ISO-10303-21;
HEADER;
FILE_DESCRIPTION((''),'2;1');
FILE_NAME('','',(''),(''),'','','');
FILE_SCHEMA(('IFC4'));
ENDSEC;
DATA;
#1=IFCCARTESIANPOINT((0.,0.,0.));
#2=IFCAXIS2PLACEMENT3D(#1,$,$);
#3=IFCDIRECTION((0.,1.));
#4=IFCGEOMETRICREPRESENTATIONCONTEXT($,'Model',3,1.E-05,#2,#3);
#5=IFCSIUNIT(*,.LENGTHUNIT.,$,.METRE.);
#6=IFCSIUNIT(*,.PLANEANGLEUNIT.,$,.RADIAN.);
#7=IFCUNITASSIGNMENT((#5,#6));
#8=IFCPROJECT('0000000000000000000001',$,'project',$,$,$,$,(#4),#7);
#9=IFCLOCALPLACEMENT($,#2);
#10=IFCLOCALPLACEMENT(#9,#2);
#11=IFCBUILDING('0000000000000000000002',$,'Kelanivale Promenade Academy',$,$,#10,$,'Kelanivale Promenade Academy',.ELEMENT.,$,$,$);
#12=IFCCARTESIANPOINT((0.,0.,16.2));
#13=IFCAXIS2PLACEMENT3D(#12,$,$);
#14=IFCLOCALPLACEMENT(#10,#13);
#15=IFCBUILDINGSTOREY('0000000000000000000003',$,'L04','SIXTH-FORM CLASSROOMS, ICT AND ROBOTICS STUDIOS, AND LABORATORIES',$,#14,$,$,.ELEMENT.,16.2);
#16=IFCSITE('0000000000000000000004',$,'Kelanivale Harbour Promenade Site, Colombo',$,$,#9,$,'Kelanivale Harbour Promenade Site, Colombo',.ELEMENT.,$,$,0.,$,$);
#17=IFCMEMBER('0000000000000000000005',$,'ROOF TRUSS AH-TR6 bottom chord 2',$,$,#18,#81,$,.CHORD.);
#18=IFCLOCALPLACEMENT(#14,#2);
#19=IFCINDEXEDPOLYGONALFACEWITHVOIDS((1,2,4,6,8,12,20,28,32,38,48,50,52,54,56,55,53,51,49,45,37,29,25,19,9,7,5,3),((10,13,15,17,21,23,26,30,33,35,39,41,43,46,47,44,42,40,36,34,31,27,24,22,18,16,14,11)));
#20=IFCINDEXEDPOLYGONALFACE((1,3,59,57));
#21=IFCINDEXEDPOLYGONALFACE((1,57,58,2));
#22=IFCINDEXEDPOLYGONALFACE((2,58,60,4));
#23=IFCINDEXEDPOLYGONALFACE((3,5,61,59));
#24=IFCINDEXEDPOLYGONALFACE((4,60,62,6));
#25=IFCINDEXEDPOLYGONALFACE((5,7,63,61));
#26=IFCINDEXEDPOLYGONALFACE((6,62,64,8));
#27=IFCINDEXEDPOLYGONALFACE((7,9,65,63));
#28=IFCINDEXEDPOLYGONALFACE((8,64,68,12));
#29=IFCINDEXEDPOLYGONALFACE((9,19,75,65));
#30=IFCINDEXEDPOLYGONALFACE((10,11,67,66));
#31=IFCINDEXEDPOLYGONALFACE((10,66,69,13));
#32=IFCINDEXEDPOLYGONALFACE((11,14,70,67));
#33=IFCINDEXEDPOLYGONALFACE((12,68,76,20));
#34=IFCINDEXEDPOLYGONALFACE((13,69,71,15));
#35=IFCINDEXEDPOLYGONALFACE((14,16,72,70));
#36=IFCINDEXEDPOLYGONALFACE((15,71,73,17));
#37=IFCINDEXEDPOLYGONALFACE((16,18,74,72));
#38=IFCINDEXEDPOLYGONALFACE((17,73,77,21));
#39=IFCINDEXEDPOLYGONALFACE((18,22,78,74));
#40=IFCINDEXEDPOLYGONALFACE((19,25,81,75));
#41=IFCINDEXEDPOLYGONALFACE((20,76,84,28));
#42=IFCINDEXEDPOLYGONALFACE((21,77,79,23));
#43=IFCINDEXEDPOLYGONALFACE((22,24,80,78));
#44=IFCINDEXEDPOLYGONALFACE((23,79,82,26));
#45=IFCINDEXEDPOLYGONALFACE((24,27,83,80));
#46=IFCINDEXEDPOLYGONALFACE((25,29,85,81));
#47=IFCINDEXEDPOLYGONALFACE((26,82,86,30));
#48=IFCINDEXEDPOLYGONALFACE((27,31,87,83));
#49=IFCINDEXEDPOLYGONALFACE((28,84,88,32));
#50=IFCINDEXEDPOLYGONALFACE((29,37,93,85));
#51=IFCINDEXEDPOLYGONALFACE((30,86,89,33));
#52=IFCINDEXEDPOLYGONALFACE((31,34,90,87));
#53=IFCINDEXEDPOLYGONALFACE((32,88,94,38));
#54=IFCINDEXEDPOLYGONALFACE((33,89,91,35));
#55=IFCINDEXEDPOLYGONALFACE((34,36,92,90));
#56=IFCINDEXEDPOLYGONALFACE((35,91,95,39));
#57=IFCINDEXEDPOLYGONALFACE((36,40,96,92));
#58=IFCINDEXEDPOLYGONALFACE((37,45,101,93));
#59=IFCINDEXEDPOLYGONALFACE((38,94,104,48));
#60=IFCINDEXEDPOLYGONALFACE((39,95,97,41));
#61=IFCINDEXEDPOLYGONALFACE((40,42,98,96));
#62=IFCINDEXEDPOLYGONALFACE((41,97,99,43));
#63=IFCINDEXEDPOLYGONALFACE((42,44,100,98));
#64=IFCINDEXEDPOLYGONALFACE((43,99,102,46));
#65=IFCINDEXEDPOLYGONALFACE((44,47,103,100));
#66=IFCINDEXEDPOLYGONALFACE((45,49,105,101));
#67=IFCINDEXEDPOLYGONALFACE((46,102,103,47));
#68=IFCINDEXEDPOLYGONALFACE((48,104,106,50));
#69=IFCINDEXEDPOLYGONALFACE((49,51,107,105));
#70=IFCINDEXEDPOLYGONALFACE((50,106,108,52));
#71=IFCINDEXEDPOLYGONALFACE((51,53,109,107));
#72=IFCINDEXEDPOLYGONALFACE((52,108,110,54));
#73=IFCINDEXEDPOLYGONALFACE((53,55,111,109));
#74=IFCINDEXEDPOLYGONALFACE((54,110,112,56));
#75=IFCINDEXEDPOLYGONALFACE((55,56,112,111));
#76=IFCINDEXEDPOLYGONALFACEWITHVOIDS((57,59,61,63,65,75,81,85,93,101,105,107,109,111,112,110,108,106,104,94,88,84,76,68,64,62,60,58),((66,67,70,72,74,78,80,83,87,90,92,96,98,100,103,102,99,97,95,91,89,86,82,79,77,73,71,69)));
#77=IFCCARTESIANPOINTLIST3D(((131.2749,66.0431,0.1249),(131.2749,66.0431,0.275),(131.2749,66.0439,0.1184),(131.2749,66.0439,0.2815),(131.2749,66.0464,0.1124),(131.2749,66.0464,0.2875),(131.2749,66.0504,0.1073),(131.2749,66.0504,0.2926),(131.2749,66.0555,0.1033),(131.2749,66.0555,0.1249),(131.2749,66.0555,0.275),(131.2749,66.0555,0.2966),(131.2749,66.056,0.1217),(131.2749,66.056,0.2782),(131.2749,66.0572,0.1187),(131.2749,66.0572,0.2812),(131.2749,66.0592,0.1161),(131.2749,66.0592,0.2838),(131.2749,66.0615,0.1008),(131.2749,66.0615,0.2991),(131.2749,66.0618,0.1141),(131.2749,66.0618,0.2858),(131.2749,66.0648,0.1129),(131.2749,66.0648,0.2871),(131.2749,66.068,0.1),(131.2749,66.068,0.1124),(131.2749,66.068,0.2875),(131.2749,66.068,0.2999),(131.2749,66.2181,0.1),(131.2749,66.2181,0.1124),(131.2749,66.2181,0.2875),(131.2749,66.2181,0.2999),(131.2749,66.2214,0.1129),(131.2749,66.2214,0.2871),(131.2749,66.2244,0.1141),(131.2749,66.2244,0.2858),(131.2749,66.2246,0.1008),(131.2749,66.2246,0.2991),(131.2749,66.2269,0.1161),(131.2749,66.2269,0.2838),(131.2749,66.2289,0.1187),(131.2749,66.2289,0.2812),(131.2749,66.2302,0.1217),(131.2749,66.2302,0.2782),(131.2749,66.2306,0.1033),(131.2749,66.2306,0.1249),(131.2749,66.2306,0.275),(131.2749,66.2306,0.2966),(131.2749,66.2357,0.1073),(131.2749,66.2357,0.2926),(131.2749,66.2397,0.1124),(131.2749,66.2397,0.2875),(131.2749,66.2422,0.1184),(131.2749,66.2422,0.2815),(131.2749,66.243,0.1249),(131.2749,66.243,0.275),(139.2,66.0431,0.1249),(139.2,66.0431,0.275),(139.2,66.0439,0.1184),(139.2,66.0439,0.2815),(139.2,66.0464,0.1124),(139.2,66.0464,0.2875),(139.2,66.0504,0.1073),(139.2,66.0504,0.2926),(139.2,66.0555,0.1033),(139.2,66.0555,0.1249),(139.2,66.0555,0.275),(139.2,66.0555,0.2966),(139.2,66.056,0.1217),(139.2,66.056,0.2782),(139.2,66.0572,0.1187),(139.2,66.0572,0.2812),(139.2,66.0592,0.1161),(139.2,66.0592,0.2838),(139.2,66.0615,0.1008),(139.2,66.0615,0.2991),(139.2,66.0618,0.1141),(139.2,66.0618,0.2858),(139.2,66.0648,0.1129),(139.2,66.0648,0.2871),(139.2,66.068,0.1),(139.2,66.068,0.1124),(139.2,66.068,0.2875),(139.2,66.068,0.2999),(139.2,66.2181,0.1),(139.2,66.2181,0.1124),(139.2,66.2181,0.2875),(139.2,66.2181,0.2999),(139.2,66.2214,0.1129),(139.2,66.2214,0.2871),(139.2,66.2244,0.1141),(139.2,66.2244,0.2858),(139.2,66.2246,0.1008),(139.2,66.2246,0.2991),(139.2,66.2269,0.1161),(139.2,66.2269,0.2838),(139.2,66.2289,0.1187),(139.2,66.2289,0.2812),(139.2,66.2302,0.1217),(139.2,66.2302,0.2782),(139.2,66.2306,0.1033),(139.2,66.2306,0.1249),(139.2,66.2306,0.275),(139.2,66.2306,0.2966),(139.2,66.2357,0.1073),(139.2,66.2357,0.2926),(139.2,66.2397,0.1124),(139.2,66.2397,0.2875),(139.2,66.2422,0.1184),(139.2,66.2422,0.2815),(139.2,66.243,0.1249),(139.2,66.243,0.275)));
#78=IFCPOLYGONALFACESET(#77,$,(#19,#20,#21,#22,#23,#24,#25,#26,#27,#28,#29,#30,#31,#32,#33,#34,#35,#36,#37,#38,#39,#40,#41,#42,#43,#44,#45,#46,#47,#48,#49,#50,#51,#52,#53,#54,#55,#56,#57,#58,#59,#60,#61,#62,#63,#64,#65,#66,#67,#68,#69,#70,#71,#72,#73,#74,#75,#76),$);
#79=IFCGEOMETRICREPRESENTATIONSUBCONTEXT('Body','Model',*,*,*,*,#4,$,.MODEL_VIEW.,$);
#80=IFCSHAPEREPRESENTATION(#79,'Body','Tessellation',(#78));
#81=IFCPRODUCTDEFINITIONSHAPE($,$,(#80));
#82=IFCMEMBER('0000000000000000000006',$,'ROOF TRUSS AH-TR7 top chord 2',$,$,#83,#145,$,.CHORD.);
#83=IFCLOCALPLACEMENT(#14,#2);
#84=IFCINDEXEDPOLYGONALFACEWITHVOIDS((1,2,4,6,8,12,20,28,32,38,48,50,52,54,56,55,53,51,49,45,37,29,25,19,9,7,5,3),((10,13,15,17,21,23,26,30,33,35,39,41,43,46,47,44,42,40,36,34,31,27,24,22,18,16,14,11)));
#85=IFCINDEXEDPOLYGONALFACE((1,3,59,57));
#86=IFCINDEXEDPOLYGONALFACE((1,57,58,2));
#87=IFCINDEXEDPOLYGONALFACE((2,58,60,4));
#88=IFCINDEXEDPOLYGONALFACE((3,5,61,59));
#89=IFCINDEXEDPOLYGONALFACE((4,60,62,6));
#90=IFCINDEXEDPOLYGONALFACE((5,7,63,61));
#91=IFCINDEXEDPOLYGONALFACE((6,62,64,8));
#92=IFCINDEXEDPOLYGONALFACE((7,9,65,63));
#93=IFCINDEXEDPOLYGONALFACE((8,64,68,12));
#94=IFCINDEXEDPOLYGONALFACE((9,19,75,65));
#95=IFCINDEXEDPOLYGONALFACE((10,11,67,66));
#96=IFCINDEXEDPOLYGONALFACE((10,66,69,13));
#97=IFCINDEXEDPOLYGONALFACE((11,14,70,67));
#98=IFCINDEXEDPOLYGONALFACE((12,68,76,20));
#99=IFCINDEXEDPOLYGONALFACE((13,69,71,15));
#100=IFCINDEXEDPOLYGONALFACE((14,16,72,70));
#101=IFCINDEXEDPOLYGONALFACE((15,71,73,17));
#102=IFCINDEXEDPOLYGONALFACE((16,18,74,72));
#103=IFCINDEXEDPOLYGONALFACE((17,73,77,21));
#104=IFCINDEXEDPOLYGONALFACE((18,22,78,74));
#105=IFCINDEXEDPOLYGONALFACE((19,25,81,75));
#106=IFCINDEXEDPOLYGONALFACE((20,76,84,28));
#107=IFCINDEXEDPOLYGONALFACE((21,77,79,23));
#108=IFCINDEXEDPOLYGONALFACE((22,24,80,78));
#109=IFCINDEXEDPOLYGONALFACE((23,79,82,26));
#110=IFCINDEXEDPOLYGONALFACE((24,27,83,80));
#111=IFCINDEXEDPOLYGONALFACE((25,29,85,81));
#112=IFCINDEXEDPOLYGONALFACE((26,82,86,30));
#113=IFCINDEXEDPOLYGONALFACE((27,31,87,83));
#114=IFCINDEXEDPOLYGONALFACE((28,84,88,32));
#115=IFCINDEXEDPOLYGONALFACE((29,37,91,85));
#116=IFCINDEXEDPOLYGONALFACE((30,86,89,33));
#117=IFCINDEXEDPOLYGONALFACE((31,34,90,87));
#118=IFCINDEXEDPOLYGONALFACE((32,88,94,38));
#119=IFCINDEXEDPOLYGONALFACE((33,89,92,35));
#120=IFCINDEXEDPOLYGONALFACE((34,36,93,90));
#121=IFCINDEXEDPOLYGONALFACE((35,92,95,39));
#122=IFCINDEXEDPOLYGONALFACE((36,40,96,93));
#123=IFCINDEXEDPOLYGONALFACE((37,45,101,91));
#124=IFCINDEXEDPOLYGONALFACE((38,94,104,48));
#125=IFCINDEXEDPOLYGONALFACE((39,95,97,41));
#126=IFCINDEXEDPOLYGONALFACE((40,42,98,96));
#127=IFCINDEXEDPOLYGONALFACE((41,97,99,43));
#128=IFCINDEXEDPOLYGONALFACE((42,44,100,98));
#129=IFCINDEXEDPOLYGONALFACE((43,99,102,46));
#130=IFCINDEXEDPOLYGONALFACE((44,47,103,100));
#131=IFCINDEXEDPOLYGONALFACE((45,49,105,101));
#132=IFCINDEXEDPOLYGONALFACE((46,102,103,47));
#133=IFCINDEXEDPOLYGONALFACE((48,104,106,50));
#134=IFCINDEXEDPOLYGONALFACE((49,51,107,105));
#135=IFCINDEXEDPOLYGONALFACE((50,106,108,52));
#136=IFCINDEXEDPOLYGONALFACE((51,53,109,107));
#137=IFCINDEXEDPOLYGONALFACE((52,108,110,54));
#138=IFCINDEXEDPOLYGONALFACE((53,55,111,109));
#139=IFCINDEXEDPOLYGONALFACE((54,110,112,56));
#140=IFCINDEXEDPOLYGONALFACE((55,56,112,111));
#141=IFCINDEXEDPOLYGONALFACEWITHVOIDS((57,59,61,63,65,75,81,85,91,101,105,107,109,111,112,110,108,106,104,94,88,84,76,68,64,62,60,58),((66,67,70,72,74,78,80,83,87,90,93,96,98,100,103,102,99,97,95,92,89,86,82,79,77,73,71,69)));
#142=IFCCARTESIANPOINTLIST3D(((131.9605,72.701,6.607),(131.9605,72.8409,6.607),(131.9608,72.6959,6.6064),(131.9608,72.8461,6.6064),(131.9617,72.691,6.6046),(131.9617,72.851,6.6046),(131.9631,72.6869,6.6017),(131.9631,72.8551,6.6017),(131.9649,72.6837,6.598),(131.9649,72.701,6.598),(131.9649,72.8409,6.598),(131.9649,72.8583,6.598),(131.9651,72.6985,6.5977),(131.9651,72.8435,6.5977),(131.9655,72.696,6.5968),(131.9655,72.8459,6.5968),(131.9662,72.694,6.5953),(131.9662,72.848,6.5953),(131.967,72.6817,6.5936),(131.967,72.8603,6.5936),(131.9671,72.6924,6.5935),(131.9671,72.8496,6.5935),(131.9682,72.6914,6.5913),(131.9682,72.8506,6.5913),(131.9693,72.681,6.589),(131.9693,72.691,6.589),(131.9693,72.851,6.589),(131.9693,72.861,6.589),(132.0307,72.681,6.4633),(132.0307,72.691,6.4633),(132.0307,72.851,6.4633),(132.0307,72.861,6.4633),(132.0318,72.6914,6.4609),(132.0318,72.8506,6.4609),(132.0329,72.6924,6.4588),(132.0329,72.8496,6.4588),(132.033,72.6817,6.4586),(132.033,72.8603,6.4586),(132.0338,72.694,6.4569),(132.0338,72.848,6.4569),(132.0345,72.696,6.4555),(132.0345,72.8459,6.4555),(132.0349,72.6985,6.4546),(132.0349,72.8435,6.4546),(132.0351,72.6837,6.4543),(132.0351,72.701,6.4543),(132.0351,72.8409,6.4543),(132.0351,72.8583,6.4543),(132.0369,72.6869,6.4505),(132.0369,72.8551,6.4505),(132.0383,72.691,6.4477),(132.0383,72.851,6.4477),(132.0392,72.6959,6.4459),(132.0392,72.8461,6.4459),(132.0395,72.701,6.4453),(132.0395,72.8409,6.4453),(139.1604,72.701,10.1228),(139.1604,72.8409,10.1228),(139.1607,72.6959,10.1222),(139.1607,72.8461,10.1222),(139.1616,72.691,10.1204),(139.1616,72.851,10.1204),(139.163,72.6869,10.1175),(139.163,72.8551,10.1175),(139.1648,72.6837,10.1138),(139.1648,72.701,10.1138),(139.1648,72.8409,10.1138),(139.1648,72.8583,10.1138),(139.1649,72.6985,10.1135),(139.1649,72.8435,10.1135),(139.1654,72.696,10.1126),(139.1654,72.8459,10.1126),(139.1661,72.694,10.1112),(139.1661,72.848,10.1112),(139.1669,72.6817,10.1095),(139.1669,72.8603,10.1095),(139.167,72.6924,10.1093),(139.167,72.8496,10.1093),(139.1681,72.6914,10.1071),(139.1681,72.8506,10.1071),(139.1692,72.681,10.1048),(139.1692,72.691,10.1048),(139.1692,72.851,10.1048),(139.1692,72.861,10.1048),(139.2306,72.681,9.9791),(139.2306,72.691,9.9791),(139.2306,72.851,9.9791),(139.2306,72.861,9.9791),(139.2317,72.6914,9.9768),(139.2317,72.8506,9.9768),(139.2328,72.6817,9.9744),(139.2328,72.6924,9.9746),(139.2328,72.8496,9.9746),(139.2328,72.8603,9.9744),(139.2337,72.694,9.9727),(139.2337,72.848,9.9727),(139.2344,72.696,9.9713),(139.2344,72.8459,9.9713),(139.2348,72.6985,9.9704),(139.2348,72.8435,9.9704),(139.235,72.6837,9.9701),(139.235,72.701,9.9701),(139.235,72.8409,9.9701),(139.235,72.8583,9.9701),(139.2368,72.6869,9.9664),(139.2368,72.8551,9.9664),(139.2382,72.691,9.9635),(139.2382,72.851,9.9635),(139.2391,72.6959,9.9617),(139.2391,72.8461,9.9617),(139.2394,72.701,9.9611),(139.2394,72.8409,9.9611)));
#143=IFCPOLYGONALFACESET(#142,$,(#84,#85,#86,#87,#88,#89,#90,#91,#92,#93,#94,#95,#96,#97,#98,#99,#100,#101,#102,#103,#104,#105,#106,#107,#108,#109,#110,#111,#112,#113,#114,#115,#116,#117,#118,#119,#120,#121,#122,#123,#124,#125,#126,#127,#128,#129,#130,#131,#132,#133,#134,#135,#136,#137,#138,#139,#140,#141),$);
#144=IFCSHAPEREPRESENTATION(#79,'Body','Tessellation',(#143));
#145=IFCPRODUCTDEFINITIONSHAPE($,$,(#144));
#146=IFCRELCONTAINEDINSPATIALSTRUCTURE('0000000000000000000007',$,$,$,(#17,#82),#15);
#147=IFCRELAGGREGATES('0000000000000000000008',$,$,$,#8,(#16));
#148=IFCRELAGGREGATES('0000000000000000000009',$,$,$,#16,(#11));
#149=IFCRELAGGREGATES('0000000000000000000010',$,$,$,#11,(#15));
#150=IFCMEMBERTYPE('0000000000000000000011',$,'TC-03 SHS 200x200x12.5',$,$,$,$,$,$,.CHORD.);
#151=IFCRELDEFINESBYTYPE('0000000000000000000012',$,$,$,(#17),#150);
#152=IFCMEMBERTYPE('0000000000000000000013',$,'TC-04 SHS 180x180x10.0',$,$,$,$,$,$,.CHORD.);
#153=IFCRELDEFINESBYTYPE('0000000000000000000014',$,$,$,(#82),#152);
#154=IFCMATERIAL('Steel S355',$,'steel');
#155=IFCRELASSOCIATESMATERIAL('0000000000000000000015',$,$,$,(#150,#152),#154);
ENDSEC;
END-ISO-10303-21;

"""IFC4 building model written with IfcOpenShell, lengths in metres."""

from ifc_helpers import new_model, si_unit, direction, frame, origin, origin_2d, place, context, subcontext, project, spatial, hollow_rectangle, extrude, material, material_profile, profile_set, type_object, element, save


model = new_model("IFC4")

# Units and contexts
model_context = context("Model", 3, precision=1e-05, world=origin(), true_north=direction((0.0, 1.0)))
body_context = subcontext(model_context, "Body", "Model", "MODEL_VIEW")
ifc_project = project(units=[si_unit("LENGTHUNIT", "METRE"), si_unit("PLANEANGLEUNIT", "RADIAN")], contexts=[model_context])

# Site, building, storey
site_placement = place(None, origin())
site = spatial("IfcSite", under=ifc_project, at=site_placement, Name="Kelanivale Harbour Promenade Site, Colombo", LongName="Kelanivale Harbour Promenade Site, Colombo", CompositionType="ELEMENT", RefElevation=0.0)
building_placement = place(site_placement, origin())
building = spatial("IfcBuilding", under=site, at=building_placement, Name="Kelanivale Promenade Academy", LongName="Kelanivale Promenade Academy", CompositionType="ELEMENT")
storey_placement = place(building_placement, frame((0.0, 0.0, 16.2)))
storey = spatial("IfcBuildingStorey", under=building, at=storey_placement, Name="L04", Description="SIXTH-FORM CLASSROOMS, ICT AND ROBOTICS STUDIOS, AND LABORATORIES", CompositionType="ELEMENT", Elevation=16.2)

# Members
ifc_material_1 = material(Name="Steel S355", Category="steel")
ifc_material_profile_1 = material_profile(ifc_material_1, hollow_rectangle(XDim=0.2, YDim=0.2, WallThickness=0.0125, InnerFilletRadius=0.0125, OuterFilletRadius=0.0249, at=origin_2d()), Name="SHS 200x200x12.5")
ifc_profile_set_1 = profile_set([ifc_material_profile_1], Name="Steel S355")
member_type_1 = type_object("IfcMemberType", Name="TC-03 SHS 200x200x12.5", PredefinedType="CHORD", material=ifc_profile_set_1)
member_1_placement = place(storey_placement, frame((131.2749, 66.1431, 0.2), z_axis=(1.0, 0.0, 0.0), x_axis=(0.0, 1.0, 0.0)))
element("IfcMember", 1, at=member_1_placement, inside=storey, type_object=member_type_1, Name="ROOF TRUSS AH-TR6 bottom chord 2", PredefinedType="CHORD", context=body_context, shape_type="SweptSolid", body=[
    extrude(hollow_rectangle(XDim=0.2, YDim=0.2, WallThickness=0.0125, InnerFilletRadius=0.0125, OuterFilletRadius=0.0249, at=origin_2d()), origin(), (0.0, 0.0, 1.0), 7.925),
])
ifc_material_profile_2 = material_profile(ifc_material_1, hollow_rectangle(XDim=0.1799, YDim=0.1799, WallThickness=0.01, InnerFilletRadius=0.01, OuterFilletRadius=0.02, at=origin_2d()), Name="SHS 180x180x10.0")
ifc_profile_set_2 = profile_set([ifc_material_profile_2], Name="Steel S355")
member_type_2 = type_object("IfcMemberType", Name="TC-04 SHS 180x180x10.0", PredefinedType="CHORD", material=ifc_profile_set_2)
member_2_placement = place(storey_placement, frame((132.0, 72.771, 6.5261), z_axis=(0.898587, 0.0, 0.438796), x_axis=(0.0, 1.0, 0.0)))
element("IfcMember", 2, at=member_2_placement, inside=storey, type_object=member_type_2, Name="ROOF TRUSS AH-TR7 top chord 2", PredefinedType="CHORD", context=body_context, shape_type="SweptSolid", body=[
    extrude(hollow_rectangle(XDim=0.1799, YDim=0.1799, WallThickness=0.01, InnerFilletRadius=0.01, OuterFilletRadius=0.02, at=origin_2d()), origin(), (0.0, 0.0, 1.0), 8.0125),
])

save(model, "model.ifc")
